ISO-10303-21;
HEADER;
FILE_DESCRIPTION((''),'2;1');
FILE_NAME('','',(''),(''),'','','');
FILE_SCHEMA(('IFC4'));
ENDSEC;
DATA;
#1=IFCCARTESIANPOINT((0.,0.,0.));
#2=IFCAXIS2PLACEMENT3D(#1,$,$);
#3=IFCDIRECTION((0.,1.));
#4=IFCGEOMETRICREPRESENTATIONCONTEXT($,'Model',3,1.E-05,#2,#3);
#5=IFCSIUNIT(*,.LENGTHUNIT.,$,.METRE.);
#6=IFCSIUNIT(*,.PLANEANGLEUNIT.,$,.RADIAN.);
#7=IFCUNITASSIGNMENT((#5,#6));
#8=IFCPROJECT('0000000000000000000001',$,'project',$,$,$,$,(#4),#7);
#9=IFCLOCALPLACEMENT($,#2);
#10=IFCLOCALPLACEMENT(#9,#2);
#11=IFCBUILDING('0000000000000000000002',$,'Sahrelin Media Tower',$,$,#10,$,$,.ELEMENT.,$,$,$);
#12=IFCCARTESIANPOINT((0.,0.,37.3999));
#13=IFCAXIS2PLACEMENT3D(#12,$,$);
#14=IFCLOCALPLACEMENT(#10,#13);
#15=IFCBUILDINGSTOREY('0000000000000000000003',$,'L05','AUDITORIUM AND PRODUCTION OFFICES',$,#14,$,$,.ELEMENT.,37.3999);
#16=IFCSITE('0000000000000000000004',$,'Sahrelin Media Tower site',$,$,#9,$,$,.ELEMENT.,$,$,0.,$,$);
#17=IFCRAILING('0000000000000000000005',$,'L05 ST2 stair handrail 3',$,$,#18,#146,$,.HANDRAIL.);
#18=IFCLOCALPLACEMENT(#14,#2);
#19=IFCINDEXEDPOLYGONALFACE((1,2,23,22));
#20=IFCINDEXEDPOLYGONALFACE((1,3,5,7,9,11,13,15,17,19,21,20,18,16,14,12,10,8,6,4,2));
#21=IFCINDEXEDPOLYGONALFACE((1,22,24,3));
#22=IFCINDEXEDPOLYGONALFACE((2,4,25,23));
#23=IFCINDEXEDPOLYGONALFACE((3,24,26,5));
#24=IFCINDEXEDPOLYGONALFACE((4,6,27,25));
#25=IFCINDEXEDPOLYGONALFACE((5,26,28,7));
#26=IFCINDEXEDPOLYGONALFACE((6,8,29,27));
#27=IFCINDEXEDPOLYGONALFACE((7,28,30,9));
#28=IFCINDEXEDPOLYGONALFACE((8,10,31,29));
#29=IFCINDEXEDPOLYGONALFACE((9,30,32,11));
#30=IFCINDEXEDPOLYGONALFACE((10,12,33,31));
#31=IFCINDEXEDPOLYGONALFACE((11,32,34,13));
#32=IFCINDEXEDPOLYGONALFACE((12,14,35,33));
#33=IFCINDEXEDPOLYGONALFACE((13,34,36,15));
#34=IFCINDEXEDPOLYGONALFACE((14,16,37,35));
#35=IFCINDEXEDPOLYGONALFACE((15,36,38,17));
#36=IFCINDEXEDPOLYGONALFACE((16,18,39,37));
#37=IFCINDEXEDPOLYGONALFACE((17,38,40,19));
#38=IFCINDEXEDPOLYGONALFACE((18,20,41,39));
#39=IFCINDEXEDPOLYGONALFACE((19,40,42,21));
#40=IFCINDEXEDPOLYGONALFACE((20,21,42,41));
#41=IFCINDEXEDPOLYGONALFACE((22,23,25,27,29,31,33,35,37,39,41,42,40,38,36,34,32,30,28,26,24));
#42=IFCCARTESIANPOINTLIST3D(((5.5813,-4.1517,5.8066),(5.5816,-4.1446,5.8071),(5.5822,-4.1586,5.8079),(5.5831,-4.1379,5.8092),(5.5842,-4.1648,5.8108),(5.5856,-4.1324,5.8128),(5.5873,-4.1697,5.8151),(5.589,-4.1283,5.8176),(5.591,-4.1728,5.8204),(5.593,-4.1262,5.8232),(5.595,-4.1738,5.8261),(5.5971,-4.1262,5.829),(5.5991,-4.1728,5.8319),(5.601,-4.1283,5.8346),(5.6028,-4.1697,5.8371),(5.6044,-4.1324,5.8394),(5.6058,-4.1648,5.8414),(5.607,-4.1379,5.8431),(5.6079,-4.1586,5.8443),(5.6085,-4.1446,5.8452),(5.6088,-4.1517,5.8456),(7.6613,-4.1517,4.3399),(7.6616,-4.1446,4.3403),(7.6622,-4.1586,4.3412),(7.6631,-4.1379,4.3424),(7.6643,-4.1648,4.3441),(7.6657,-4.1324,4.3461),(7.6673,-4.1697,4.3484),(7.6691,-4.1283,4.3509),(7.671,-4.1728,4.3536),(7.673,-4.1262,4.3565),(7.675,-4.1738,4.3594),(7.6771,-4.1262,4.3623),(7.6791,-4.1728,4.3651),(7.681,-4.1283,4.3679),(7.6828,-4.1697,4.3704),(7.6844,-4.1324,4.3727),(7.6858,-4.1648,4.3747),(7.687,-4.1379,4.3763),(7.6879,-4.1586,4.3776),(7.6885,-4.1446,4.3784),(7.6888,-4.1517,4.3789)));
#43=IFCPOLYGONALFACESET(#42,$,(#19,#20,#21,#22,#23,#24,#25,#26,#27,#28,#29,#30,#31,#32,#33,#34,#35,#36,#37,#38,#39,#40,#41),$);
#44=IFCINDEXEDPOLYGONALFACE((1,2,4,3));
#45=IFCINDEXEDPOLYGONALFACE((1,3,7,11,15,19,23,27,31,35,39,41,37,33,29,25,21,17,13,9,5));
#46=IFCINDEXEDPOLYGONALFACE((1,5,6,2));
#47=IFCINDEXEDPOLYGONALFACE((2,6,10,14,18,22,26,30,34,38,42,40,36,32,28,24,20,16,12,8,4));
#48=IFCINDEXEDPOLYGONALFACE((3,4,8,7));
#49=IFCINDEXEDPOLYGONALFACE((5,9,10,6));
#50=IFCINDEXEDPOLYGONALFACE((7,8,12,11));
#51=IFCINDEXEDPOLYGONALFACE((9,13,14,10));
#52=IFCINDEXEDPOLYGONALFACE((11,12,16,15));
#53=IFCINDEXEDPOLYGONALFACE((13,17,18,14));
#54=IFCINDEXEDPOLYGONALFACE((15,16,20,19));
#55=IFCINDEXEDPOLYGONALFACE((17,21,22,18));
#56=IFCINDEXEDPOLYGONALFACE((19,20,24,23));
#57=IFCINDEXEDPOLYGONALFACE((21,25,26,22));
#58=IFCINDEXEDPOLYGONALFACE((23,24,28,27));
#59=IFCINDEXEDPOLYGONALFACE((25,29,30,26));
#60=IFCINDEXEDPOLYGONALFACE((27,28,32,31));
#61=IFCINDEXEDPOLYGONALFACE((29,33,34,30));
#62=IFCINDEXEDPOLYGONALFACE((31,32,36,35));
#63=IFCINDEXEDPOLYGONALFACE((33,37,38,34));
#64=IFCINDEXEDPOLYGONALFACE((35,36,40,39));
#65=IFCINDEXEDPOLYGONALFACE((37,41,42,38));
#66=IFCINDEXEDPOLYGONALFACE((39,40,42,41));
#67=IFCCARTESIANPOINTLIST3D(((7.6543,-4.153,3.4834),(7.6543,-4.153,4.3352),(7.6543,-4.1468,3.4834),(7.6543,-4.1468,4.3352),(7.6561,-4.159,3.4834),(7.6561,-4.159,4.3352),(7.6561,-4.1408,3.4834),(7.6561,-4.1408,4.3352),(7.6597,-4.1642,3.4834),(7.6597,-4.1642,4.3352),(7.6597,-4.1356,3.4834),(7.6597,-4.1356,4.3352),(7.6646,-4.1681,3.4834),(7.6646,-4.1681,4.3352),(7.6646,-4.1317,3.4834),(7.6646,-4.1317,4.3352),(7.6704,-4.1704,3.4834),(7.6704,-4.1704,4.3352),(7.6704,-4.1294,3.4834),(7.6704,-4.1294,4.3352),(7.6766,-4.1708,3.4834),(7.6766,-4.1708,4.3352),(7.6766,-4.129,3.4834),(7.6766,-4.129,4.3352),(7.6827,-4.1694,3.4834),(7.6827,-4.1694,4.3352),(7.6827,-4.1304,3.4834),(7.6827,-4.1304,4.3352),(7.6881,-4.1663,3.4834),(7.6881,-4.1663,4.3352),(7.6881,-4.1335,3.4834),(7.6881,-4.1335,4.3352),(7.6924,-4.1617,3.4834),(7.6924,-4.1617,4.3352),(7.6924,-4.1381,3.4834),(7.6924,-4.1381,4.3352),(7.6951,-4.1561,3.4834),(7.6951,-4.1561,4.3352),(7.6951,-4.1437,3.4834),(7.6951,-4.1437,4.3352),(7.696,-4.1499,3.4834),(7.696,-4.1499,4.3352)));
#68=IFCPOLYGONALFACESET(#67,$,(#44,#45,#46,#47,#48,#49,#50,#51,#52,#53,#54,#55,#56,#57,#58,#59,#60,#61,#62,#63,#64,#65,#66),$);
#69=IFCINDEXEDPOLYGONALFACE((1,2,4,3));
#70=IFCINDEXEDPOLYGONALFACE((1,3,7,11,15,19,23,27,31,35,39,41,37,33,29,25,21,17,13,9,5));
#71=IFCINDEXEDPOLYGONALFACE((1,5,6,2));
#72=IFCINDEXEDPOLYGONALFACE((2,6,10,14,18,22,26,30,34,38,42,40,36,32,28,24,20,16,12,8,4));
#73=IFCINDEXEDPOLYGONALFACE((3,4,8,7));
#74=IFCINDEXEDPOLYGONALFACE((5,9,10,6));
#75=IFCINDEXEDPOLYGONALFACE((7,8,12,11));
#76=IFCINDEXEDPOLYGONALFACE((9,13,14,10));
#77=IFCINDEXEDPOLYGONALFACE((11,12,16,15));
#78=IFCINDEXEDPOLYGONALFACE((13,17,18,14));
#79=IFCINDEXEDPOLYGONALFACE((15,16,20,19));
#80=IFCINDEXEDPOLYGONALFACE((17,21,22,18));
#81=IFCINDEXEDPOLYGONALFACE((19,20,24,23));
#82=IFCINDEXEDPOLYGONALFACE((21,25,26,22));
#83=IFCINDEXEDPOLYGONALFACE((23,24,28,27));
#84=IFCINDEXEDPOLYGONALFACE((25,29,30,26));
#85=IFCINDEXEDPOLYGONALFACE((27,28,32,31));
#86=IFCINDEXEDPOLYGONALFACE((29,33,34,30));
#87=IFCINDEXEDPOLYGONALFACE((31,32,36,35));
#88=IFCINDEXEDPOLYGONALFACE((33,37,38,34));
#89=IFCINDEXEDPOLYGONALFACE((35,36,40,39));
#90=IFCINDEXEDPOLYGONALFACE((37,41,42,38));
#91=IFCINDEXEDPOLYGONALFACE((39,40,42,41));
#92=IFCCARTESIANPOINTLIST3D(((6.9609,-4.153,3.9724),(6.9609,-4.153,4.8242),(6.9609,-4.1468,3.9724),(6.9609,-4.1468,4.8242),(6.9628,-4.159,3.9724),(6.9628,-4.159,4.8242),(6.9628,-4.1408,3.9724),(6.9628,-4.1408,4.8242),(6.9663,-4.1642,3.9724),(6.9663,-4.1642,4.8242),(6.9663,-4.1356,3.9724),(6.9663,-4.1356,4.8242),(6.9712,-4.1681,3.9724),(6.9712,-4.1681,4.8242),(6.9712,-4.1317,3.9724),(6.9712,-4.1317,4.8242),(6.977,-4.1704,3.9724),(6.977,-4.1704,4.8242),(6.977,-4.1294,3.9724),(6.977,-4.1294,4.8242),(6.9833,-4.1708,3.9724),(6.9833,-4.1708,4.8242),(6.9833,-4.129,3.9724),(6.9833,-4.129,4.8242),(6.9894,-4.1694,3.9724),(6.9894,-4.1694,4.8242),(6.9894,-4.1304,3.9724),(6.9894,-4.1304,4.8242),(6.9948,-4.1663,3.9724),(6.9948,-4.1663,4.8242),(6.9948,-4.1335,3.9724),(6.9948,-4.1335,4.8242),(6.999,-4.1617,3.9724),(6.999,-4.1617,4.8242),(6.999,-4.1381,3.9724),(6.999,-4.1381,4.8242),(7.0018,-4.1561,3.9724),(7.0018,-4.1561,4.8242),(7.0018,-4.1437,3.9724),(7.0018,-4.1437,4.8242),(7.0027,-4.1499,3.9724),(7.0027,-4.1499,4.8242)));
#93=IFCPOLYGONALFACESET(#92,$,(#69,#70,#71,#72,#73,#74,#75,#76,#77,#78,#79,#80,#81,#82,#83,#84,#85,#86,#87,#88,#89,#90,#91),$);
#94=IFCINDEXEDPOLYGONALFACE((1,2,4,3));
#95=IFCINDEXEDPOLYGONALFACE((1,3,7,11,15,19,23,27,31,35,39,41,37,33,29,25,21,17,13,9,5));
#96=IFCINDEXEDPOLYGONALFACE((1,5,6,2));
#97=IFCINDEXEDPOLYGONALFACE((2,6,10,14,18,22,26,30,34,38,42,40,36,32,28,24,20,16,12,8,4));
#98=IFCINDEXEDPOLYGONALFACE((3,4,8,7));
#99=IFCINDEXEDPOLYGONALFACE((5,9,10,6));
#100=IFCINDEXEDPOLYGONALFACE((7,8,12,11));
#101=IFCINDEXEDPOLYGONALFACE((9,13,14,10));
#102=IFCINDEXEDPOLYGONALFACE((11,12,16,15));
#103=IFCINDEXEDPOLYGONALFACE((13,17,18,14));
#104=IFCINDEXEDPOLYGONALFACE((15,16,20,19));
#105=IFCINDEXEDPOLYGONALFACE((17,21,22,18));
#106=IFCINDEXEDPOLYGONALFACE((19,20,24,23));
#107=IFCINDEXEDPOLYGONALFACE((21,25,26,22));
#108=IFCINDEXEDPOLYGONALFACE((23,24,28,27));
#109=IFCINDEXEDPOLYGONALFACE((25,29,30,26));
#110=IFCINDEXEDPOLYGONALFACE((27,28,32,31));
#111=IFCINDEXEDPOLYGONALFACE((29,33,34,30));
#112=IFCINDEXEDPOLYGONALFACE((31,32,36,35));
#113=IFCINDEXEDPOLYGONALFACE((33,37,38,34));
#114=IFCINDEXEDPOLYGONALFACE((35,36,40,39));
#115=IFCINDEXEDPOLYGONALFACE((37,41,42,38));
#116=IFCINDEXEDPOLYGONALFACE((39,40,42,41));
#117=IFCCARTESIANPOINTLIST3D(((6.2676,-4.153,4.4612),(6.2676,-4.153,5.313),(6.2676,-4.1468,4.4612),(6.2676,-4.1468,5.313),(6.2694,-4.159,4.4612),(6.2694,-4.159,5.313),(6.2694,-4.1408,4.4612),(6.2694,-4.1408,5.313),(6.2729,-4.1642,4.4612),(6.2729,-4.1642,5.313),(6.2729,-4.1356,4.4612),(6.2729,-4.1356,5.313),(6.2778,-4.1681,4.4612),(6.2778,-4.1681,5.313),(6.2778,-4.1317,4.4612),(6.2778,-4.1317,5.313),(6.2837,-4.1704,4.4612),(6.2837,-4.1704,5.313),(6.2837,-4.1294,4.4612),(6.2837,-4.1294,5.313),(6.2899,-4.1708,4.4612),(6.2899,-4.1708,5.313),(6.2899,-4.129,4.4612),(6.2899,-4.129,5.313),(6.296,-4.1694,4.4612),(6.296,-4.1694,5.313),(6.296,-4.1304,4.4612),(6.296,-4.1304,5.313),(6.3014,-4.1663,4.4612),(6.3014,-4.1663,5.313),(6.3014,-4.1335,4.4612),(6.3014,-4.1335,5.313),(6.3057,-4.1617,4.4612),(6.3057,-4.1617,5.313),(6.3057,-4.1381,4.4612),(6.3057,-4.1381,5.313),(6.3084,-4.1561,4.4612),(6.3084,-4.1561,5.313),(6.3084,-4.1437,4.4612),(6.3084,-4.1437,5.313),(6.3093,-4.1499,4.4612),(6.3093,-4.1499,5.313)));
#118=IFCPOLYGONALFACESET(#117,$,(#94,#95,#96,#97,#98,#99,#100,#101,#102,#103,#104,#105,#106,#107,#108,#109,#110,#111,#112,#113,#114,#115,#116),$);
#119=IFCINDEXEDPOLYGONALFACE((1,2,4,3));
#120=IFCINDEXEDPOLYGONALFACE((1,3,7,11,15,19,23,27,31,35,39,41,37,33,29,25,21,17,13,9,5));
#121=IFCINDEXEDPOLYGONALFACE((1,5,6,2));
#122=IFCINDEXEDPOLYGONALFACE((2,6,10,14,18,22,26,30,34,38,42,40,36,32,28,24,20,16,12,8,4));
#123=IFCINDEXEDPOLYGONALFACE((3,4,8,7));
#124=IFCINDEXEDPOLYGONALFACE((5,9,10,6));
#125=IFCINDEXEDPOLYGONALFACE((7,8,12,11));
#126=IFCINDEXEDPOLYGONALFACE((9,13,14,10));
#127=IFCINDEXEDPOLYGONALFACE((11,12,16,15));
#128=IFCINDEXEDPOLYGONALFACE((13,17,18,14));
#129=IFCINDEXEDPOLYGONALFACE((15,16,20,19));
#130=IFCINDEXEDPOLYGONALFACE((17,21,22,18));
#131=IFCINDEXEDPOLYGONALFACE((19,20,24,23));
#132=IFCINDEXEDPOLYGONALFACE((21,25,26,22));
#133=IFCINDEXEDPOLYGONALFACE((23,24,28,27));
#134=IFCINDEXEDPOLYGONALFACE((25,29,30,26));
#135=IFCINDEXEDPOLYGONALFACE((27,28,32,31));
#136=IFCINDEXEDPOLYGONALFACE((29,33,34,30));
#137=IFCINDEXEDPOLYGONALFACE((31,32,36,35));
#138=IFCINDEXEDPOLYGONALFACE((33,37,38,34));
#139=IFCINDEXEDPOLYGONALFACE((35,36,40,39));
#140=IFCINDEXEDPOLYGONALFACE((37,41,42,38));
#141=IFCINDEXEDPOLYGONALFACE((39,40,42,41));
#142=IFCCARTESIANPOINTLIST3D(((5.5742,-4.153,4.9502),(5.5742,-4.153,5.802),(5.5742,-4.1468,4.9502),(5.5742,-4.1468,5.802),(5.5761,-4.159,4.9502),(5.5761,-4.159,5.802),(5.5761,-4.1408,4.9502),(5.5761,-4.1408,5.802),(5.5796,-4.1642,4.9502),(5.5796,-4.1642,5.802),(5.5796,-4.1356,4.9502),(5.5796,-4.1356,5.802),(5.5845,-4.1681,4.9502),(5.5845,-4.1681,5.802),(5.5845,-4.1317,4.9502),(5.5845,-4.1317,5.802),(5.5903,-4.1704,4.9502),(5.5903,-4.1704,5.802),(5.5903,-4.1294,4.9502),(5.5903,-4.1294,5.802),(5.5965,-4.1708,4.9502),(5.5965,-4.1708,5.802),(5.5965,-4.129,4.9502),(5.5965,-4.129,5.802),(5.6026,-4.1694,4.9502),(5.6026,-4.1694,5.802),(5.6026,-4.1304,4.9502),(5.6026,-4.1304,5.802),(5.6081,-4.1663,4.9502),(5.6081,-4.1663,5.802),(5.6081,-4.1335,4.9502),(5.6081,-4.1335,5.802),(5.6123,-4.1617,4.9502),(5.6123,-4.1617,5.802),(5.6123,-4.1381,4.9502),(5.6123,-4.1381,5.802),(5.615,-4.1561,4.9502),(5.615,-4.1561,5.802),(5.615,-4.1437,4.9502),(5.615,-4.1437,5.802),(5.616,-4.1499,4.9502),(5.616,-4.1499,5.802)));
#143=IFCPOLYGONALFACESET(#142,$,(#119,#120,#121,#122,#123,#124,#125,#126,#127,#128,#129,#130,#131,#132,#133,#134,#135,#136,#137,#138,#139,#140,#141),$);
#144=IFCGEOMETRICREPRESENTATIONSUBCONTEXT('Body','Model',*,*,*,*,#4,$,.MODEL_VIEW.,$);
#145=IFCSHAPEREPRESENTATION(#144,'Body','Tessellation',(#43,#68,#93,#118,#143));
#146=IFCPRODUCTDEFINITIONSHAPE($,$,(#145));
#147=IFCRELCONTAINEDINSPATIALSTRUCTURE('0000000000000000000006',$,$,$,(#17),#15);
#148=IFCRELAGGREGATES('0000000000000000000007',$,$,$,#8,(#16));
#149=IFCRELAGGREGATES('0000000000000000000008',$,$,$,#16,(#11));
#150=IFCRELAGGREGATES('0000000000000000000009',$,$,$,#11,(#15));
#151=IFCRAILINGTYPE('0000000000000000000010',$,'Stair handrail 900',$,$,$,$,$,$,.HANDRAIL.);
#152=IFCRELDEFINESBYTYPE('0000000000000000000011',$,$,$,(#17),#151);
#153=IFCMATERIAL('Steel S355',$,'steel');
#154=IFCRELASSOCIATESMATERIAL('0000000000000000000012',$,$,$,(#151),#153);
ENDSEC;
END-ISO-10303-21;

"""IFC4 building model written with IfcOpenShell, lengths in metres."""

from ifc_helpers import new_model, si_unit, direction, frame, origin, origin_2d, place, context, subcontext, project, spatial, circle, extrude, material, type_object, element, save


model = new_model("IFC4")

# Units and contexts
model_context = context("Model", 3, precision=1e-05, world=origin(), true_north=direction((0.0, 1.0)))
body_context = subcontext(model_context, "Body", "Model", "MODEL_VIEW")
ifc_project = project(units=[si_unit("LENGTHUNIT", "METRE"), si_unit("PLANEANGLEUNIT", "RADIAN")], contexts=[model_context])

# Site, building, storey
site_placement = place(None, origin())
site = spatial("IfcSite", under=ifc_project, at=site_placement, Name="Sahrelin Media Tower site", CompositionType="ELEMENT", RefElevation=0.0)
building_placement = place(site_placement, origin())
building = spatial("IfcBuilding", under=site, at=building_placement, Name="Sahrelin Media Tower", CompositionType="ELEMENT")
storey_placement = place(building_placement, frame((0.0, 0.0, 37.3999)))
storey = spatial("IfcBuildingStorey", under=building, at=storey_placement, Name="L05", Description="AUDITORIUM AND PRODUCTION OFFICES", CompositionType="ELEMENT", Elevation=37.3999)

# Shared definitions
ifc_material_1 = material(Name="Steel S355", Category="steel")

# Railing
railing_type_1 = type_object("IfcRailingType", Name="Stair handrail 900", PredefinedType="HANDRAIL", material=ifc_material_1)
for number, where, name in (
    (1, (7.675, -4.1499, 3.4834), "L05 ST2 stair handrail 3"),
):
    element("IfcRailing", number, at=place(storey_placement, frame(where)), inside=storey, type_object=railing_type_1, Name=name, PredefinedType="HANDRAIL", context=body_context, shape_type="SweptSolid", body=[
        extrude(circle(Radius=0.0239, at=origin_2d()), frame((0.0, 0.0, 0.876), z_axis=(-0.817244, 0.0, 0.576291), x_axis=(0.0, -1.0, 0.0)), (0.0, 0.0, 1.0), 2.5452),
        extrude(circle(Radius=0.021, at=origin_2d()), origin(), (0.0, 0.0, 1.0), 0.8518),
        extrude(circle(Radius=0.021, at=origin_2d()), frame((-0.6934, 0.0, 0.489)), (0.0, 0.0, 1.0), 0.8518),
        extrude(circle(Radius=0.021, at=origin_2d()), frame((-1.3867, 0.0, 0.9778)), (0.0, 0.0, 1.0), 0.8518),
        extrude(circle(Radius=0.021, at=origin_2d()), frame((-2.0801, 0.0, 1.4668)), (0.0, 0.0, 1.0), 0.8518),
    ])

save(model, "model.ifc")
